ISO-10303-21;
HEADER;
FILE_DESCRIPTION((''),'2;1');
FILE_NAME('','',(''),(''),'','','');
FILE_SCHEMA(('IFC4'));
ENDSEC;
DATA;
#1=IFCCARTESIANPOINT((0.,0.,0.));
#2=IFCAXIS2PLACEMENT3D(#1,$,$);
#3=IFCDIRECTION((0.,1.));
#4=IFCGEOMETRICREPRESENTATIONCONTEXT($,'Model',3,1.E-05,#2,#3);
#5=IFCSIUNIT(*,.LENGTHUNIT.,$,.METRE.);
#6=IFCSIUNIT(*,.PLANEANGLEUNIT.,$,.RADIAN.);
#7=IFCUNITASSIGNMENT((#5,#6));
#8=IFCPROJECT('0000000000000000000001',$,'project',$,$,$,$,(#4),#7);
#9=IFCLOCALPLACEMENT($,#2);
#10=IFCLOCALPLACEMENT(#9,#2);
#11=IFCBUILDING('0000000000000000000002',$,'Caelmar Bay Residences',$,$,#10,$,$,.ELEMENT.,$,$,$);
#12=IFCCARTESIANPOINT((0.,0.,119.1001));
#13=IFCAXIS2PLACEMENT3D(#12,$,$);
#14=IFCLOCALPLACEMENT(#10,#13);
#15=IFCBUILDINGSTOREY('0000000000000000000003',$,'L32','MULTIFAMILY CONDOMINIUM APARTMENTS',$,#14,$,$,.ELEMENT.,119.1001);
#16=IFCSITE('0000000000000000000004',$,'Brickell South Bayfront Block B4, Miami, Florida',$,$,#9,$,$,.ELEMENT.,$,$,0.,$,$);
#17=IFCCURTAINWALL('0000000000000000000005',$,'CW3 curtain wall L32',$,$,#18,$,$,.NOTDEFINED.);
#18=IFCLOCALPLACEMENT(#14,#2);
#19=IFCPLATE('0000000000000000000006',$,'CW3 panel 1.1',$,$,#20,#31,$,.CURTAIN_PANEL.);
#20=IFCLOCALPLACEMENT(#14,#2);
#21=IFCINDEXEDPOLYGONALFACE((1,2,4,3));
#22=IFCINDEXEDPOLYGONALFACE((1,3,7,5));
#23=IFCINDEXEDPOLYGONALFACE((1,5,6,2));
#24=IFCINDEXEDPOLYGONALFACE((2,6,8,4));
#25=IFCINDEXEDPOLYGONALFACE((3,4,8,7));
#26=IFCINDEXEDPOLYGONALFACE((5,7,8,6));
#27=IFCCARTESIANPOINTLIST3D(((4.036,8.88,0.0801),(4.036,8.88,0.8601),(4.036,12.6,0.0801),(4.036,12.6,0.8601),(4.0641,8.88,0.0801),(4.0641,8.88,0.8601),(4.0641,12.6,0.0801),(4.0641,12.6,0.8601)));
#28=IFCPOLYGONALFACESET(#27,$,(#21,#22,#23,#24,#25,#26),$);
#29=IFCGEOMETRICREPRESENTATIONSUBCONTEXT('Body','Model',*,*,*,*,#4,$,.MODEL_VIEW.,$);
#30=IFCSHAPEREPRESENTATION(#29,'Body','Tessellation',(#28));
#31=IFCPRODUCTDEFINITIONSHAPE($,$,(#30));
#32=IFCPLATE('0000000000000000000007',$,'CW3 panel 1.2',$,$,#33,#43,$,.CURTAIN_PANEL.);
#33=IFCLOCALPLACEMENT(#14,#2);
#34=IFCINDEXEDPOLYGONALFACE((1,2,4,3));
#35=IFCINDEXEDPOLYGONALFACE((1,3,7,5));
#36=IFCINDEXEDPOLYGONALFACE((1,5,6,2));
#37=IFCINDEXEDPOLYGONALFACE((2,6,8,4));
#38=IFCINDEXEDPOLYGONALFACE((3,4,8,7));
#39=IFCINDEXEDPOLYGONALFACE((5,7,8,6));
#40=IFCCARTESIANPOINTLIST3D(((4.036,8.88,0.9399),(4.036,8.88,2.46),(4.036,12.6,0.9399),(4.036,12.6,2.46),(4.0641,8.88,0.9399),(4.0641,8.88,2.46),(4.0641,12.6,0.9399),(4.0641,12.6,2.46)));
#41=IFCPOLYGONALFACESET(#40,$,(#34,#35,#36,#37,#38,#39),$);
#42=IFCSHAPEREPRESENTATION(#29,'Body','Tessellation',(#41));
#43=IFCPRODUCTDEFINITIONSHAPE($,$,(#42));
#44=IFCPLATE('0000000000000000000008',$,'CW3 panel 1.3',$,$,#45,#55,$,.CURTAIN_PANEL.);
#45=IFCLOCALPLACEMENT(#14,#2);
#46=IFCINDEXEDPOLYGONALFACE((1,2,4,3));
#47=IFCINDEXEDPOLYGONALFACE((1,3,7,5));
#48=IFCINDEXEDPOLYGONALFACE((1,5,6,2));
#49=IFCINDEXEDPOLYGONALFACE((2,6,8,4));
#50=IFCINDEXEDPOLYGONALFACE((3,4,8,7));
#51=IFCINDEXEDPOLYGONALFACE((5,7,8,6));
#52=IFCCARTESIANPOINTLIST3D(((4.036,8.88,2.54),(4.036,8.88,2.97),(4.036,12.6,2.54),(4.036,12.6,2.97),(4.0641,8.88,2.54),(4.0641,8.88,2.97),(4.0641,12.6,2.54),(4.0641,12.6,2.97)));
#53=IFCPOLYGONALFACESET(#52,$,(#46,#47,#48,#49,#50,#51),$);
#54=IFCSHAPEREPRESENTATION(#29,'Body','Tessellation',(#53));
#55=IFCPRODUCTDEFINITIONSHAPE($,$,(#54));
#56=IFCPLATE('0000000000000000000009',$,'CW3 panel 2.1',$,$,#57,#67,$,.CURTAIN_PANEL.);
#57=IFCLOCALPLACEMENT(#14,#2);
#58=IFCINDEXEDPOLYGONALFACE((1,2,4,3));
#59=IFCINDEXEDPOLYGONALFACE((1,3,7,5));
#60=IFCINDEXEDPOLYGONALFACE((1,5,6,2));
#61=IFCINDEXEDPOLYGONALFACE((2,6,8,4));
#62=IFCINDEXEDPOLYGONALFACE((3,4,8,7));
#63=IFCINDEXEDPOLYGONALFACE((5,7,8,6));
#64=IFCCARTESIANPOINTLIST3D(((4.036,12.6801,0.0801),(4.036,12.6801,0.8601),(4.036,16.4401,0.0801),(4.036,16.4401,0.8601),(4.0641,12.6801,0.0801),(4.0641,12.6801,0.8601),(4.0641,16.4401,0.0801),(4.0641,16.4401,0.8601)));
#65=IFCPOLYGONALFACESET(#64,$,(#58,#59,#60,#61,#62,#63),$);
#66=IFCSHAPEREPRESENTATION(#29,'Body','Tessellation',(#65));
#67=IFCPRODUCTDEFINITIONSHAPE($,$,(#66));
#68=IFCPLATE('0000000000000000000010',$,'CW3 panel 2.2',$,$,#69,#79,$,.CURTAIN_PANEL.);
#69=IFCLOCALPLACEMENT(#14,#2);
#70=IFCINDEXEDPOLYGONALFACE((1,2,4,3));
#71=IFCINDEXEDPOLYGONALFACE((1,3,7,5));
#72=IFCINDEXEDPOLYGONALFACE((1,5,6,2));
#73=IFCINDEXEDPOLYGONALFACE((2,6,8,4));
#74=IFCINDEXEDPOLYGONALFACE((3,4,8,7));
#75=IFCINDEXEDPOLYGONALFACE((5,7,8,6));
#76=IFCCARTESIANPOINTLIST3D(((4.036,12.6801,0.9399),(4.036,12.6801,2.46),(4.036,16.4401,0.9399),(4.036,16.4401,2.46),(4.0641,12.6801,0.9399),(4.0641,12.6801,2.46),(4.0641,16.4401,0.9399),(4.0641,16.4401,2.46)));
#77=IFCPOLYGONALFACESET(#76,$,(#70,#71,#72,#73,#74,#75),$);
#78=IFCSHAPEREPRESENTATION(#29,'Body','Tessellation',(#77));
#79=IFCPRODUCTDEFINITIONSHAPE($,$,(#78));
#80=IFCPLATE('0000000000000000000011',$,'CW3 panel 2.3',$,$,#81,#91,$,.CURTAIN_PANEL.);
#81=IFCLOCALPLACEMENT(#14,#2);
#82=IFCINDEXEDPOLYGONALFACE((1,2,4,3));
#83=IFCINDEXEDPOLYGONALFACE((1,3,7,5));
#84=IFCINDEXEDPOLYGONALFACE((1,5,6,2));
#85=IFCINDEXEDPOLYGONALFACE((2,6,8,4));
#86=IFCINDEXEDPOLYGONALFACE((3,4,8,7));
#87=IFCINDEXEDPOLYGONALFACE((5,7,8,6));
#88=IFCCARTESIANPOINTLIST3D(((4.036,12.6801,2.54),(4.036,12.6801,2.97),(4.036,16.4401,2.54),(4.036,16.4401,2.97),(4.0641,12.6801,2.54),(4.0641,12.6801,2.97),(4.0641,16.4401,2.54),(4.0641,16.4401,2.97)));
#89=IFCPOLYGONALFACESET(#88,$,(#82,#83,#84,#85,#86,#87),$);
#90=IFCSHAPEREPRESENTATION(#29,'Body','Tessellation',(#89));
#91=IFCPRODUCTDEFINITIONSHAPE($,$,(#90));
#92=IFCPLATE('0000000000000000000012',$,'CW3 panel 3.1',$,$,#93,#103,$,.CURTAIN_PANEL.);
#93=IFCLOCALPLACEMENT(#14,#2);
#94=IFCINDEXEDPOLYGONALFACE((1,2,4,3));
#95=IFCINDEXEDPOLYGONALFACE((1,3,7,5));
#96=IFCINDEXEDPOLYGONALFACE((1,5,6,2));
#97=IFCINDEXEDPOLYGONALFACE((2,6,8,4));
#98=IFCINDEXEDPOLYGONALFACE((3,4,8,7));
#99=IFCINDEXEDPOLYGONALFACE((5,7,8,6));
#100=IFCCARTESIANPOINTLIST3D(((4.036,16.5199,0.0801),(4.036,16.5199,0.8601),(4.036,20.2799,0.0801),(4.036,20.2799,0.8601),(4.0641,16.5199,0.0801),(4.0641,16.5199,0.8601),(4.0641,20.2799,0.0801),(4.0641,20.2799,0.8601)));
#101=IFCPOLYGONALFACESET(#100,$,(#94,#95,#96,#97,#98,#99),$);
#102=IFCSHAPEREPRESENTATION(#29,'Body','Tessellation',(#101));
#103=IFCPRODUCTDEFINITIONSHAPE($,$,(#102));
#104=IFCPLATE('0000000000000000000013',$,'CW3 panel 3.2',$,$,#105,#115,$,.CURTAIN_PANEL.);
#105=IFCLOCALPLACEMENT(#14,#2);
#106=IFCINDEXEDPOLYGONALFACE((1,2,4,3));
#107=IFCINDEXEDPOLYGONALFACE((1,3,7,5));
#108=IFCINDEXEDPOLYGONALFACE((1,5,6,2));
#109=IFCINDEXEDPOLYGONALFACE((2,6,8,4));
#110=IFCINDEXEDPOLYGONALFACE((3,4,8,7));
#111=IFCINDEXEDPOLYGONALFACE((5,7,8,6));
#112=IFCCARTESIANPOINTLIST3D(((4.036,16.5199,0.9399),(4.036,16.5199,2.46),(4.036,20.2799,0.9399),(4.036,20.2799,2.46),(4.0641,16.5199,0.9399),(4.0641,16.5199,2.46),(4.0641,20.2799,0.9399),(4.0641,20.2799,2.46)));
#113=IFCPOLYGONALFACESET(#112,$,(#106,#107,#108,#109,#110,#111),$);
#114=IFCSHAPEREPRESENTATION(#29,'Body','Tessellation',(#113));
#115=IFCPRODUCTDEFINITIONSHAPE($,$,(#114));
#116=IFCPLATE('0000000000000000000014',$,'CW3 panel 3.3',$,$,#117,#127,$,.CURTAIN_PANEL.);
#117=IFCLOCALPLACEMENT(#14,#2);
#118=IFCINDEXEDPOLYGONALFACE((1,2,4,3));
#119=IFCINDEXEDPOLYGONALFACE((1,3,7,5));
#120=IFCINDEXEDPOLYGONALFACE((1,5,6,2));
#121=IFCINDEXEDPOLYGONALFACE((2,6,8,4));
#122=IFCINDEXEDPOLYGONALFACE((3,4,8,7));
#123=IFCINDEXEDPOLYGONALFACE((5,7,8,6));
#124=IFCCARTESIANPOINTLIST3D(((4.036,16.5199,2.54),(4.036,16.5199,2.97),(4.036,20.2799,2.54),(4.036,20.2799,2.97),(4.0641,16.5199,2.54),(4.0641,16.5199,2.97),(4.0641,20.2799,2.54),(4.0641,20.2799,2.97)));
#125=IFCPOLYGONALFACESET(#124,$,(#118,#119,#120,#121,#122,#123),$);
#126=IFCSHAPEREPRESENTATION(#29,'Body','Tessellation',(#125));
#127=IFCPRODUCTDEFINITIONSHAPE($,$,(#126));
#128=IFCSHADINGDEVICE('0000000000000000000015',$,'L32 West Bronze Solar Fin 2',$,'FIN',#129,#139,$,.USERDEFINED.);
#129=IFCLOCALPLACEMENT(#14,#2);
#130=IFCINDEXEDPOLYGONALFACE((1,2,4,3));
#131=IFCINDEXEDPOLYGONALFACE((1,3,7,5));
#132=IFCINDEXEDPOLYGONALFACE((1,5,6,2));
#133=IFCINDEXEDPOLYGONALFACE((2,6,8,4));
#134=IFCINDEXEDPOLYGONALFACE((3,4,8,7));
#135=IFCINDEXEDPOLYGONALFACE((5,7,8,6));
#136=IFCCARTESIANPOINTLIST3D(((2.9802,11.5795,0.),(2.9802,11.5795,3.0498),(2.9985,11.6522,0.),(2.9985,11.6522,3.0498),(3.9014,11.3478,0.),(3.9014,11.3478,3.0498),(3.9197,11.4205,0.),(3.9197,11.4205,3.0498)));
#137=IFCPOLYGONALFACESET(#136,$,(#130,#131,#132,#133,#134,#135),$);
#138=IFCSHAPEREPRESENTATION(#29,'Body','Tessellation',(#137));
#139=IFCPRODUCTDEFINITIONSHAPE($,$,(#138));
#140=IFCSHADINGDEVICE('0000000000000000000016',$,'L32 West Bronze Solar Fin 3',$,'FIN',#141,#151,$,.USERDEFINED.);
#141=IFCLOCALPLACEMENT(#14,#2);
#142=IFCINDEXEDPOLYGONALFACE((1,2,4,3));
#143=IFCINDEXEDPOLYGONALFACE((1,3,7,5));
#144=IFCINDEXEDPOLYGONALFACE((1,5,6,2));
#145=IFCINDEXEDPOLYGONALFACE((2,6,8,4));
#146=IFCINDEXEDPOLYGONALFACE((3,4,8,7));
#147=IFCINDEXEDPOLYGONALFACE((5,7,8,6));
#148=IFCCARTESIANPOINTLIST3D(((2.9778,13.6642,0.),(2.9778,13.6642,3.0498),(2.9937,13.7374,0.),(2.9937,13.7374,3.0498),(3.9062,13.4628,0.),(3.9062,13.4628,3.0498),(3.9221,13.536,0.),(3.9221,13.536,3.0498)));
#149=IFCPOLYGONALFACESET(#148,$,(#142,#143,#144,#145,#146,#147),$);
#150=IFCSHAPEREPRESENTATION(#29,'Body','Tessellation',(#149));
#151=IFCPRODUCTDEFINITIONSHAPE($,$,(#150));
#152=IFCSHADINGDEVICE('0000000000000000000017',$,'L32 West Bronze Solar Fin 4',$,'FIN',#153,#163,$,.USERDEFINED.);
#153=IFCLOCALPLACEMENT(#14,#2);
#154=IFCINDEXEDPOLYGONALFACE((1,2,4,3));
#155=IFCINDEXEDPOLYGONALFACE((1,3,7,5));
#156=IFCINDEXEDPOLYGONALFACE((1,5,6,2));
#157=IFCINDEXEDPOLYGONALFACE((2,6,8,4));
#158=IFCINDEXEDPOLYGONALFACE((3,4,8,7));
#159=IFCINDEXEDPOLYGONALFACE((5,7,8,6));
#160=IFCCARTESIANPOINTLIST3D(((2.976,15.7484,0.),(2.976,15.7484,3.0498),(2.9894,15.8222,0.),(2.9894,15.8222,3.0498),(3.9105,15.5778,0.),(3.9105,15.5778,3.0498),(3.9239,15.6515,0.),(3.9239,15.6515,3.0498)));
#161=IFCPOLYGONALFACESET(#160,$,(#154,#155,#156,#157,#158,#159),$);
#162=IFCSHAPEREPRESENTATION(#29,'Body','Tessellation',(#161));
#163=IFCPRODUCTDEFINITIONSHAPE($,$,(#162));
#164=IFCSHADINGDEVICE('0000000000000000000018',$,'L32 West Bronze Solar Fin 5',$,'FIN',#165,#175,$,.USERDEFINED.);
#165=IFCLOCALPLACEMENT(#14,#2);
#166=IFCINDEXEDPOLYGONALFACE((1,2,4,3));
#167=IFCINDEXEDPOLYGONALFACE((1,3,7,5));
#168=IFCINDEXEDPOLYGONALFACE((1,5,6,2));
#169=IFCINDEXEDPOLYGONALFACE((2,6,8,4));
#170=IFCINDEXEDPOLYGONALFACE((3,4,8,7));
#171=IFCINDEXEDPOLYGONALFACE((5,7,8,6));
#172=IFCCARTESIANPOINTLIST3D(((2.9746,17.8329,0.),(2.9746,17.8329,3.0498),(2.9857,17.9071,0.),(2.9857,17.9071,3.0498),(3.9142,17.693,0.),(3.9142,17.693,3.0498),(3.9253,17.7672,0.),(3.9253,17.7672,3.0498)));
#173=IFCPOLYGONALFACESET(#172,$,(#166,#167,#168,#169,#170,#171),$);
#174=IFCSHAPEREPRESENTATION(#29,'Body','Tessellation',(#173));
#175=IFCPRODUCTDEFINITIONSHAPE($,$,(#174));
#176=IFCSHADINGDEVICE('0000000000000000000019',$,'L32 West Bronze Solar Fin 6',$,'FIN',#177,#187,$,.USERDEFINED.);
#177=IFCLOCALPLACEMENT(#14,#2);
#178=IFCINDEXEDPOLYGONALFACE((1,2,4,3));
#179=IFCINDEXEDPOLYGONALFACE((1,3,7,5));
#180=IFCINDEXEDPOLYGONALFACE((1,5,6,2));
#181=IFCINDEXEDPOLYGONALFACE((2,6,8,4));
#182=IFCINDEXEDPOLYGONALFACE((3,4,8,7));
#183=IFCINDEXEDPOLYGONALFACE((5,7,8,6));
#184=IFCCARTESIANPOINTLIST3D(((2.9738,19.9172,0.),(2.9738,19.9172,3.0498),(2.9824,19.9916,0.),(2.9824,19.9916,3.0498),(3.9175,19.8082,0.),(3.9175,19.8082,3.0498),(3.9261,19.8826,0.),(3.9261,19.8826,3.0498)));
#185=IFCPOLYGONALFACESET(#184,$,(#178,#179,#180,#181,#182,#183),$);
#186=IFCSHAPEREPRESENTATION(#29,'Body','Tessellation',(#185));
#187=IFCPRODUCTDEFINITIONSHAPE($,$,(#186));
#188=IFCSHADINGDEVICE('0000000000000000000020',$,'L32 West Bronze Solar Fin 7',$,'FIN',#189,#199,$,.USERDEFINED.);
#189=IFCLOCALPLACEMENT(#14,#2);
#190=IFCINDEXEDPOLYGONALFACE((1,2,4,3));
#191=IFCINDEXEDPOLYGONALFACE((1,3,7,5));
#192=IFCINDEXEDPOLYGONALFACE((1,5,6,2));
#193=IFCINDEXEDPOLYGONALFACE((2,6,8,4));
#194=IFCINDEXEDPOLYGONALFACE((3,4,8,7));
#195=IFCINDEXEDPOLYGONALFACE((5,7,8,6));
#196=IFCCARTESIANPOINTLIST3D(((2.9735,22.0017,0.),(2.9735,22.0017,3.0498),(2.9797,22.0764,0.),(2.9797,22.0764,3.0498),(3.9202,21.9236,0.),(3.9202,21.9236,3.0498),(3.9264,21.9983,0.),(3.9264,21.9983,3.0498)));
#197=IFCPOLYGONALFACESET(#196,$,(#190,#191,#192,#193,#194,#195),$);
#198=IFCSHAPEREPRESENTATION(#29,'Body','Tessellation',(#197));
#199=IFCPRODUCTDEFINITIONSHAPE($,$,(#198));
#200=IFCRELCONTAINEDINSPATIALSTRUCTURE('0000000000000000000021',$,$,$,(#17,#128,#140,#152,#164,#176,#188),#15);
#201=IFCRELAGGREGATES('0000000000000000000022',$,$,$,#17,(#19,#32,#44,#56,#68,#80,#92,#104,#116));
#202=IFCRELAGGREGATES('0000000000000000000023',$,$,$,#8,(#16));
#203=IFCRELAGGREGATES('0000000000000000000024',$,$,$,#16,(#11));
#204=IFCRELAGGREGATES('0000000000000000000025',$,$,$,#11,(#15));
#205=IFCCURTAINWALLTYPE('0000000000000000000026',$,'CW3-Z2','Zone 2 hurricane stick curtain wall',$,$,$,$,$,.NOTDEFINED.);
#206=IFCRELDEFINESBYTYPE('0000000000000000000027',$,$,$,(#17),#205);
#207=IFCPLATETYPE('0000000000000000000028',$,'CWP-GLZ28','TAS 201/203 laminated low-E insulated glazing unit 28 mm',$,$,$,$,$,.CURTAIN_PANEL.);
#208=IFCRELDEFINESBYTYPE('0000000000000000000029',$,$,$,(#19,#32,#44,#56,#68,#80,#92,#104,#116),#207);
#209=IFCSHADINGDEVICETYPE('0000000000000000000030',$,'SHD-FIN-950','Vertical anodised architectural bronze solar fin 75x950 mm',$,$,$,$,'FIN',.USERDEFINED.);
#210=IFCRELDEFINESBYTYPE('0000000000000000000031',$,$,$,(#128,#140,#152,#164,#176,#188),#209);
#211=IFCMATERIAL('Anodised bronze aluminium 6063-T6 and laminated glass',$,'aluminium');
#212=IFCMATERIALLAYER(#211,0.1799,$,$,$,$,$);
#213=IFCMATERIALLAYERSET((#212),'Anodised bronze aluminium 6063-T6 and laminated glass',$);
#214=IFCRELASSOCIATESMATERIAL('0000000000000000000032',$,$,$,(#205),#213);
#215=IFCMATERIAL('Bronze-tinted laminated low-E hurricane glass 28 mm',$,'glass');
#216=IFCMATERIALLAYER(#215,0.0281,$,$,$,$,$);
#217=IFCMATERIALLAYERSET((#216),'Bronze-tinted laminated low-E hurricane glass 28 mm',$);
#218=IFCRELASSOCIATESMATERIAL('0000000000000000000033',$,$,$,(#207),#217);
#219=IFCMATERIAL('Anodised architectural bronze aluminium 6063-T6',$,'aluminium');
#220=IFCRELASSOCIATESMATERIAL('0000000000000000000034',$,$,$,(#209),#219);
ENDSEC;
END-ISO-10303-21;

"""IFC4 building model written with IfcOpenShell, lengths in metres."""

from ifc_helpers import new_model, si_unit, direction, frame, origin, origin_2d, place, context, subcontext, project, spatial, rectangle, extrude, material, layer, layer_set, material_profile, profile_set, type_object, element, aggregate, save


model = new_model("IFC4")

# Units and contexts
model_context = context("Model", 3, precision=1e-05, world=origin(), true_north=direction((0.0, 1.0)))
body_context = subcontext(model_context, "Body", "Model", "MODEL_VIEW")
ifc_project = project(units=[si_unit("LENGTHUNIT", "METRE"), si_unit("PLANEANGLEUNIT", "RADIAN")], contexts=[model_context])

# Site, building, storey
site_placement = place(None, origin())
site = spatial("IfcSite", under=ifc_project, at=site_placement, Name="Brickell South Bayfront Block B4, Miami, Florida", CompositionType="ELEMENT", RefElevation=0.0)
building_placement = place(site_placement, origin())
building = spatial("IfcBuilding", under=site, at=building_placement, Name="Caelmar Bay Residences", CompositionType="ELEMENT")
storey_placement = place(building_placement, frame((0.0, 0.0, 119.1001)))
storey = spatial("IfcBuildingStorey", under=building, at=storey_placement, Name="L32", Description="MULTIFAMILY CONDOMINIUM APARTMENTS", CompositionType="ELEMENT", Elevation=119.1001)

# Curtain wall, plates
ifc_material_1 = material(Name="Anodised bronze aluminium 6063-T6 and laminated glass", Category="aluminium")
ifc_layer_1 = layer(ifc_material_1, 0.1799)
ifc_layer_set_1 = layer_set([ifc_layer_1], Name="Anodised bronze aluminium 6063-T6 and laminated glass")
curtain_wall_type = type_object("IfcCurtainWallType", Name="CW3-Z2", Description="Zone 2 hurricane stick curtain wall", PredefinedType="NOTDEFINED", material=ifc_layer_set_1)
curtain_wall_placement = place(storey_placement, origin())
curtain_wall = element("IfcCurtainWall", 1, at=curtain_wall_placement, inside=storey, type_object=curtain_wall_type, Name="CW3 curtain wall L32", PredefinedType="NOTDEFINED")
ifc_material_2 = material(Name="Bronze-tinted laminated low-E hurricane glass 28 mm", Category="glass")
ifc_layer_2 = layer(ifc_material_2, 0.0281)
ifc_layer_set_2 = layer_set([ifc_layer_2], Name="Bronze-tinted laminated low-E hurricane glass 28 mm")
plate_type = type_object("IfcPlateType", Name="CWP-GLZ28", Description="TAS 201/203 laminated low-E insulated glazing unit 28 mm", PredefinedType="CURTAIN_PANEL", material=ifc_layer_set_2)
plate_1_placement = place(storey_placement, frame((4.05, 10.74, 0.0801), z_axis=(0.0, 0.0, 1.0), x_axis=(0.0, 1.0, 0.0)))
plate_1 = element("IfcPlate", 2, at=plate_1_placement, type_object=plate_type, Name="CW3 panel 1.1", PredefinedType="CURTAIN_PANEL", context=body_context, shape_type="SweptSolid", body=[
    extrude(rectangle(XDim=3.72, YDim=0.0281, at=origin_2d()), origin(), (0.0, 0.0, 1.0), 0.78),
])
plate_2_placement = place(storey_placement, frame((4.05, 10.74, 0.9399), z_axis=(0.0, 0.0, 1.0), x_axis=(0.0, 1.0, 0.0)))
plate_2 = element("IfcPlate", 3, at=plate_2_placement, type_object=plate_type, Name="CW3 panel 1.2", PredefinedType="CURTAIN_PANEL", context=body_context, shape_type="SweptSolid", body=[
    extrude(rectangle(XDim=3.72, YDim=0.0281, at=origin_2d()), origin(), (0.0, 0.0, 1.0), 1.52),
])
plate_3_placement = place(storey_placement, frame((4.05, 10.74, 2.54), z_axis=(0.0, 0.0, 1.0), x_axis=(0.0, 1.0, 0.0)))
plate_3 = element("IfcPlate", 4, at=plate_3_placement, type_object=plate_type, Name="CW3 panel 1.3", PredefinedType="CURTAIN_PANEL", context=body_context, shape_type="SweptSolid", body=[
    extrude(rectangle(XDim=3.72, YDim=0.0281, at=origin_2d()), origin(), (0.0, 0.0, 1.0), 0.4299),
])
plate_4_placement = place(storey_placement, frame((4.05, 14.5601, 0.0801), z_axis=(0.0, 0.0, 1.0), x_axis=(0.0, 1.0, 0.0)))
plate_4 = element("IfcPlate", 5, at=plate_4_placement, type_object=plate_type, Name="CW3 panel 2.1", PredefinedType="CURTAIN_PANEL", context=body_context, shape_type="SweptSolid", body=[
    extrude(rectangle(XDim=3.76, YDim=0.0281, at=origin_2d()), origin(), (0.0, 0.0, 1.0), 0.78),
])
plate_5_placement = place(storey_placement, frame((4.05, 14.5601, 0.9399), z_axis=(0.0, 0.0, 1.0), x_axis=(0.0, 1.0, 0.0)))
plate_5 = element("IfcPlate", 6, at=plate_5_placement, type_object=plate_type, Name="CW3 panel 2.2", PredefinedType="CURTAIN_PANEL", context=body_context, shape_type="SweptSolid", body=[
    extrude(rectangle(XDim=3.76, YDim=0.0281, at=origin_2d()), origin(), (0.0, 0.0, 1.0), 1.52),
])
plate_6_placement = place(storey_placement, frame((4.05, 14.5601, 2.54), z_axis=(0.0, 0.0, 1.0), x_axis=(0.0, 1.0, 0.0)))
plate_6 = element("IfcPlate", 7, at=plate_6_placement, type_object=plate_type, Name="CW3 panel 2.3", PredefinedType="CURTAIN_PANEL", context=body_context, shape_type="SweptSolid", body=[
    extrude(rectangle(XDim=3.76, YDim=0.0281, at=origin_2d()), origin(), (0.0, 0.0, 1.0), 0.4299),
])
plate_7_placement = place(storey_placement, frame((4.05, 18.3999, 0.0801), z_axis=(0.0, 0.0, 1.0), x_axis=(0.0, 1.0, 0.0)))
plate_7 = element("IfcPlate", 8, at=plate_7_placement, type_object=plate_type, Name="CW3 panel 3.1", PredefinedType="CURTAIN_PANEL", context=body_context, shape_type="SweptSolid", body=[
    extrude(rectangle(XDim=3.76, YDim=0.0281, at=origin_2d()), origin(), (0.0, 0.0, 1.0), 0.78),
])
plate_8_placement = place(storey_placement, frame((4.05, 18.3999, 0.9399), z_axis=(0.0, 0.0, 1.0), x_axis=(0.0, 1.0, 0.0)))
plate_8 = element("IfcPlate", 9, at=plate_8_placement, type_object=plate_type, Name="CW3 panel 3.2", PredefinedType="CURTAIN_PANEL", context=body_context, shape_type="SweptSolid", body=[
    extrude(rectangle(XDim=3.76, YDim=0.0281, at=origin_2d()), origin(), (0.0, 0.0, 1.0), 1.52),
])
plate_9_placement = place(storey_placement, frame((4.05, 18.3999, 2.54), z_axis=(0.0, 0.0, 1.0), x_axis=(0.0, 1.0, 0.0)))
plate_9 = element("IfcPlate", 10, at=plate_9_placement, type_object=plate_type, Name="CW3 panel 3.3", PredefinedType="CURTAIN_PANEL", context=body_context, shape_type="SweptSolid", body=[
    extrude(rectangle(XDim=3.76, YDim=0.0281, at=origin_2d()), origin(), (0.0, 0.0, 1.0), 0.4299),
])
aggregate(curtain_wall, [plate_1, plate_2, plate_3, plate_4, plate_5, plate_6, plate_7, plate_8, plate_9])

# Shading devices
ifc_material_3 = material(Name="Anodised architectural bronze aluminium 6063-T6", Category="aluminium")
ifc_material_profile_1 = material_profile(ifc_material_3, rectangle(XDim=0.075, YDim=0.95, at=origin_2d()), Name="BRONZE-FIN-75X950")
ifc_profile_set_1 = profile_set([ifc_material_profile_1], Name="Anodised architectural bronze aluminium 6063-T6")
shading_device_type = type_object("IfcShadingDeviceType", Name="SHD-FIN-950", Description="Vertical anodised architectural bronze solar fin 75x950 mm", ElementType="FIN", PredefinedType="USERDEFINED", material=ifc_profile_set_1)
for number, where, z_axis, x_axis, name in (
    (11, (3.45, 11.5, 0.0), (0.0, 0.0, 1.0), (0.243954, 0.969787, 0.0), "L32 West Bronze Solar Fin 2"),
    (12, (3.45, 13.6001, 0.0), (0.0, 0.0, 1.0), (0.212007, 0.977268, 0.0), "L32 West Bronze Solar Fin 3"),
    (13, (3.45, 15.7, 0.0), (0.0, 0.0, 1.0), (0.179661, 0.983729, 0.0), "L32 West Bronze Solar Fin 4"),
    (14, (3.45, 17.8, 0.0), (0.0, 0.0, 1.0), (0.147292, 0.989093, 0.0), "L32 West Bronze Solar Fin 5"),
    (15, (3.45, 19.8999, 0.0), (0.0, 0.0, 1.0), (0.114764, 0.993393, 0.0), "L32 West Bronze Solar Fin 6"),
    (16, (3.45, 22.0, 0.0), (0.0, 0.0, 1.0), (0.082112, 0.996623, 0.0), "L32 West Bronze Solar Fin 7"),
):
    element("IfcShadingDevice", number, at=place(storey_placement, frame(where, z_axis=z_axis, x_axis=x_axis)), inside=storey, type_object=shading_device_type, Name=name, ObjectType="FIN", PredefinedType="USERDEFINED", context=body_context, shape_type="SweptSolid", body=[
        extrude(rectangle(XDim=0.075, YDim=0.95, at=origin_2d()), origin(), (0.0, 0.0, 1.0), 3.0498),
    ])

save(model, "model.ifc")
